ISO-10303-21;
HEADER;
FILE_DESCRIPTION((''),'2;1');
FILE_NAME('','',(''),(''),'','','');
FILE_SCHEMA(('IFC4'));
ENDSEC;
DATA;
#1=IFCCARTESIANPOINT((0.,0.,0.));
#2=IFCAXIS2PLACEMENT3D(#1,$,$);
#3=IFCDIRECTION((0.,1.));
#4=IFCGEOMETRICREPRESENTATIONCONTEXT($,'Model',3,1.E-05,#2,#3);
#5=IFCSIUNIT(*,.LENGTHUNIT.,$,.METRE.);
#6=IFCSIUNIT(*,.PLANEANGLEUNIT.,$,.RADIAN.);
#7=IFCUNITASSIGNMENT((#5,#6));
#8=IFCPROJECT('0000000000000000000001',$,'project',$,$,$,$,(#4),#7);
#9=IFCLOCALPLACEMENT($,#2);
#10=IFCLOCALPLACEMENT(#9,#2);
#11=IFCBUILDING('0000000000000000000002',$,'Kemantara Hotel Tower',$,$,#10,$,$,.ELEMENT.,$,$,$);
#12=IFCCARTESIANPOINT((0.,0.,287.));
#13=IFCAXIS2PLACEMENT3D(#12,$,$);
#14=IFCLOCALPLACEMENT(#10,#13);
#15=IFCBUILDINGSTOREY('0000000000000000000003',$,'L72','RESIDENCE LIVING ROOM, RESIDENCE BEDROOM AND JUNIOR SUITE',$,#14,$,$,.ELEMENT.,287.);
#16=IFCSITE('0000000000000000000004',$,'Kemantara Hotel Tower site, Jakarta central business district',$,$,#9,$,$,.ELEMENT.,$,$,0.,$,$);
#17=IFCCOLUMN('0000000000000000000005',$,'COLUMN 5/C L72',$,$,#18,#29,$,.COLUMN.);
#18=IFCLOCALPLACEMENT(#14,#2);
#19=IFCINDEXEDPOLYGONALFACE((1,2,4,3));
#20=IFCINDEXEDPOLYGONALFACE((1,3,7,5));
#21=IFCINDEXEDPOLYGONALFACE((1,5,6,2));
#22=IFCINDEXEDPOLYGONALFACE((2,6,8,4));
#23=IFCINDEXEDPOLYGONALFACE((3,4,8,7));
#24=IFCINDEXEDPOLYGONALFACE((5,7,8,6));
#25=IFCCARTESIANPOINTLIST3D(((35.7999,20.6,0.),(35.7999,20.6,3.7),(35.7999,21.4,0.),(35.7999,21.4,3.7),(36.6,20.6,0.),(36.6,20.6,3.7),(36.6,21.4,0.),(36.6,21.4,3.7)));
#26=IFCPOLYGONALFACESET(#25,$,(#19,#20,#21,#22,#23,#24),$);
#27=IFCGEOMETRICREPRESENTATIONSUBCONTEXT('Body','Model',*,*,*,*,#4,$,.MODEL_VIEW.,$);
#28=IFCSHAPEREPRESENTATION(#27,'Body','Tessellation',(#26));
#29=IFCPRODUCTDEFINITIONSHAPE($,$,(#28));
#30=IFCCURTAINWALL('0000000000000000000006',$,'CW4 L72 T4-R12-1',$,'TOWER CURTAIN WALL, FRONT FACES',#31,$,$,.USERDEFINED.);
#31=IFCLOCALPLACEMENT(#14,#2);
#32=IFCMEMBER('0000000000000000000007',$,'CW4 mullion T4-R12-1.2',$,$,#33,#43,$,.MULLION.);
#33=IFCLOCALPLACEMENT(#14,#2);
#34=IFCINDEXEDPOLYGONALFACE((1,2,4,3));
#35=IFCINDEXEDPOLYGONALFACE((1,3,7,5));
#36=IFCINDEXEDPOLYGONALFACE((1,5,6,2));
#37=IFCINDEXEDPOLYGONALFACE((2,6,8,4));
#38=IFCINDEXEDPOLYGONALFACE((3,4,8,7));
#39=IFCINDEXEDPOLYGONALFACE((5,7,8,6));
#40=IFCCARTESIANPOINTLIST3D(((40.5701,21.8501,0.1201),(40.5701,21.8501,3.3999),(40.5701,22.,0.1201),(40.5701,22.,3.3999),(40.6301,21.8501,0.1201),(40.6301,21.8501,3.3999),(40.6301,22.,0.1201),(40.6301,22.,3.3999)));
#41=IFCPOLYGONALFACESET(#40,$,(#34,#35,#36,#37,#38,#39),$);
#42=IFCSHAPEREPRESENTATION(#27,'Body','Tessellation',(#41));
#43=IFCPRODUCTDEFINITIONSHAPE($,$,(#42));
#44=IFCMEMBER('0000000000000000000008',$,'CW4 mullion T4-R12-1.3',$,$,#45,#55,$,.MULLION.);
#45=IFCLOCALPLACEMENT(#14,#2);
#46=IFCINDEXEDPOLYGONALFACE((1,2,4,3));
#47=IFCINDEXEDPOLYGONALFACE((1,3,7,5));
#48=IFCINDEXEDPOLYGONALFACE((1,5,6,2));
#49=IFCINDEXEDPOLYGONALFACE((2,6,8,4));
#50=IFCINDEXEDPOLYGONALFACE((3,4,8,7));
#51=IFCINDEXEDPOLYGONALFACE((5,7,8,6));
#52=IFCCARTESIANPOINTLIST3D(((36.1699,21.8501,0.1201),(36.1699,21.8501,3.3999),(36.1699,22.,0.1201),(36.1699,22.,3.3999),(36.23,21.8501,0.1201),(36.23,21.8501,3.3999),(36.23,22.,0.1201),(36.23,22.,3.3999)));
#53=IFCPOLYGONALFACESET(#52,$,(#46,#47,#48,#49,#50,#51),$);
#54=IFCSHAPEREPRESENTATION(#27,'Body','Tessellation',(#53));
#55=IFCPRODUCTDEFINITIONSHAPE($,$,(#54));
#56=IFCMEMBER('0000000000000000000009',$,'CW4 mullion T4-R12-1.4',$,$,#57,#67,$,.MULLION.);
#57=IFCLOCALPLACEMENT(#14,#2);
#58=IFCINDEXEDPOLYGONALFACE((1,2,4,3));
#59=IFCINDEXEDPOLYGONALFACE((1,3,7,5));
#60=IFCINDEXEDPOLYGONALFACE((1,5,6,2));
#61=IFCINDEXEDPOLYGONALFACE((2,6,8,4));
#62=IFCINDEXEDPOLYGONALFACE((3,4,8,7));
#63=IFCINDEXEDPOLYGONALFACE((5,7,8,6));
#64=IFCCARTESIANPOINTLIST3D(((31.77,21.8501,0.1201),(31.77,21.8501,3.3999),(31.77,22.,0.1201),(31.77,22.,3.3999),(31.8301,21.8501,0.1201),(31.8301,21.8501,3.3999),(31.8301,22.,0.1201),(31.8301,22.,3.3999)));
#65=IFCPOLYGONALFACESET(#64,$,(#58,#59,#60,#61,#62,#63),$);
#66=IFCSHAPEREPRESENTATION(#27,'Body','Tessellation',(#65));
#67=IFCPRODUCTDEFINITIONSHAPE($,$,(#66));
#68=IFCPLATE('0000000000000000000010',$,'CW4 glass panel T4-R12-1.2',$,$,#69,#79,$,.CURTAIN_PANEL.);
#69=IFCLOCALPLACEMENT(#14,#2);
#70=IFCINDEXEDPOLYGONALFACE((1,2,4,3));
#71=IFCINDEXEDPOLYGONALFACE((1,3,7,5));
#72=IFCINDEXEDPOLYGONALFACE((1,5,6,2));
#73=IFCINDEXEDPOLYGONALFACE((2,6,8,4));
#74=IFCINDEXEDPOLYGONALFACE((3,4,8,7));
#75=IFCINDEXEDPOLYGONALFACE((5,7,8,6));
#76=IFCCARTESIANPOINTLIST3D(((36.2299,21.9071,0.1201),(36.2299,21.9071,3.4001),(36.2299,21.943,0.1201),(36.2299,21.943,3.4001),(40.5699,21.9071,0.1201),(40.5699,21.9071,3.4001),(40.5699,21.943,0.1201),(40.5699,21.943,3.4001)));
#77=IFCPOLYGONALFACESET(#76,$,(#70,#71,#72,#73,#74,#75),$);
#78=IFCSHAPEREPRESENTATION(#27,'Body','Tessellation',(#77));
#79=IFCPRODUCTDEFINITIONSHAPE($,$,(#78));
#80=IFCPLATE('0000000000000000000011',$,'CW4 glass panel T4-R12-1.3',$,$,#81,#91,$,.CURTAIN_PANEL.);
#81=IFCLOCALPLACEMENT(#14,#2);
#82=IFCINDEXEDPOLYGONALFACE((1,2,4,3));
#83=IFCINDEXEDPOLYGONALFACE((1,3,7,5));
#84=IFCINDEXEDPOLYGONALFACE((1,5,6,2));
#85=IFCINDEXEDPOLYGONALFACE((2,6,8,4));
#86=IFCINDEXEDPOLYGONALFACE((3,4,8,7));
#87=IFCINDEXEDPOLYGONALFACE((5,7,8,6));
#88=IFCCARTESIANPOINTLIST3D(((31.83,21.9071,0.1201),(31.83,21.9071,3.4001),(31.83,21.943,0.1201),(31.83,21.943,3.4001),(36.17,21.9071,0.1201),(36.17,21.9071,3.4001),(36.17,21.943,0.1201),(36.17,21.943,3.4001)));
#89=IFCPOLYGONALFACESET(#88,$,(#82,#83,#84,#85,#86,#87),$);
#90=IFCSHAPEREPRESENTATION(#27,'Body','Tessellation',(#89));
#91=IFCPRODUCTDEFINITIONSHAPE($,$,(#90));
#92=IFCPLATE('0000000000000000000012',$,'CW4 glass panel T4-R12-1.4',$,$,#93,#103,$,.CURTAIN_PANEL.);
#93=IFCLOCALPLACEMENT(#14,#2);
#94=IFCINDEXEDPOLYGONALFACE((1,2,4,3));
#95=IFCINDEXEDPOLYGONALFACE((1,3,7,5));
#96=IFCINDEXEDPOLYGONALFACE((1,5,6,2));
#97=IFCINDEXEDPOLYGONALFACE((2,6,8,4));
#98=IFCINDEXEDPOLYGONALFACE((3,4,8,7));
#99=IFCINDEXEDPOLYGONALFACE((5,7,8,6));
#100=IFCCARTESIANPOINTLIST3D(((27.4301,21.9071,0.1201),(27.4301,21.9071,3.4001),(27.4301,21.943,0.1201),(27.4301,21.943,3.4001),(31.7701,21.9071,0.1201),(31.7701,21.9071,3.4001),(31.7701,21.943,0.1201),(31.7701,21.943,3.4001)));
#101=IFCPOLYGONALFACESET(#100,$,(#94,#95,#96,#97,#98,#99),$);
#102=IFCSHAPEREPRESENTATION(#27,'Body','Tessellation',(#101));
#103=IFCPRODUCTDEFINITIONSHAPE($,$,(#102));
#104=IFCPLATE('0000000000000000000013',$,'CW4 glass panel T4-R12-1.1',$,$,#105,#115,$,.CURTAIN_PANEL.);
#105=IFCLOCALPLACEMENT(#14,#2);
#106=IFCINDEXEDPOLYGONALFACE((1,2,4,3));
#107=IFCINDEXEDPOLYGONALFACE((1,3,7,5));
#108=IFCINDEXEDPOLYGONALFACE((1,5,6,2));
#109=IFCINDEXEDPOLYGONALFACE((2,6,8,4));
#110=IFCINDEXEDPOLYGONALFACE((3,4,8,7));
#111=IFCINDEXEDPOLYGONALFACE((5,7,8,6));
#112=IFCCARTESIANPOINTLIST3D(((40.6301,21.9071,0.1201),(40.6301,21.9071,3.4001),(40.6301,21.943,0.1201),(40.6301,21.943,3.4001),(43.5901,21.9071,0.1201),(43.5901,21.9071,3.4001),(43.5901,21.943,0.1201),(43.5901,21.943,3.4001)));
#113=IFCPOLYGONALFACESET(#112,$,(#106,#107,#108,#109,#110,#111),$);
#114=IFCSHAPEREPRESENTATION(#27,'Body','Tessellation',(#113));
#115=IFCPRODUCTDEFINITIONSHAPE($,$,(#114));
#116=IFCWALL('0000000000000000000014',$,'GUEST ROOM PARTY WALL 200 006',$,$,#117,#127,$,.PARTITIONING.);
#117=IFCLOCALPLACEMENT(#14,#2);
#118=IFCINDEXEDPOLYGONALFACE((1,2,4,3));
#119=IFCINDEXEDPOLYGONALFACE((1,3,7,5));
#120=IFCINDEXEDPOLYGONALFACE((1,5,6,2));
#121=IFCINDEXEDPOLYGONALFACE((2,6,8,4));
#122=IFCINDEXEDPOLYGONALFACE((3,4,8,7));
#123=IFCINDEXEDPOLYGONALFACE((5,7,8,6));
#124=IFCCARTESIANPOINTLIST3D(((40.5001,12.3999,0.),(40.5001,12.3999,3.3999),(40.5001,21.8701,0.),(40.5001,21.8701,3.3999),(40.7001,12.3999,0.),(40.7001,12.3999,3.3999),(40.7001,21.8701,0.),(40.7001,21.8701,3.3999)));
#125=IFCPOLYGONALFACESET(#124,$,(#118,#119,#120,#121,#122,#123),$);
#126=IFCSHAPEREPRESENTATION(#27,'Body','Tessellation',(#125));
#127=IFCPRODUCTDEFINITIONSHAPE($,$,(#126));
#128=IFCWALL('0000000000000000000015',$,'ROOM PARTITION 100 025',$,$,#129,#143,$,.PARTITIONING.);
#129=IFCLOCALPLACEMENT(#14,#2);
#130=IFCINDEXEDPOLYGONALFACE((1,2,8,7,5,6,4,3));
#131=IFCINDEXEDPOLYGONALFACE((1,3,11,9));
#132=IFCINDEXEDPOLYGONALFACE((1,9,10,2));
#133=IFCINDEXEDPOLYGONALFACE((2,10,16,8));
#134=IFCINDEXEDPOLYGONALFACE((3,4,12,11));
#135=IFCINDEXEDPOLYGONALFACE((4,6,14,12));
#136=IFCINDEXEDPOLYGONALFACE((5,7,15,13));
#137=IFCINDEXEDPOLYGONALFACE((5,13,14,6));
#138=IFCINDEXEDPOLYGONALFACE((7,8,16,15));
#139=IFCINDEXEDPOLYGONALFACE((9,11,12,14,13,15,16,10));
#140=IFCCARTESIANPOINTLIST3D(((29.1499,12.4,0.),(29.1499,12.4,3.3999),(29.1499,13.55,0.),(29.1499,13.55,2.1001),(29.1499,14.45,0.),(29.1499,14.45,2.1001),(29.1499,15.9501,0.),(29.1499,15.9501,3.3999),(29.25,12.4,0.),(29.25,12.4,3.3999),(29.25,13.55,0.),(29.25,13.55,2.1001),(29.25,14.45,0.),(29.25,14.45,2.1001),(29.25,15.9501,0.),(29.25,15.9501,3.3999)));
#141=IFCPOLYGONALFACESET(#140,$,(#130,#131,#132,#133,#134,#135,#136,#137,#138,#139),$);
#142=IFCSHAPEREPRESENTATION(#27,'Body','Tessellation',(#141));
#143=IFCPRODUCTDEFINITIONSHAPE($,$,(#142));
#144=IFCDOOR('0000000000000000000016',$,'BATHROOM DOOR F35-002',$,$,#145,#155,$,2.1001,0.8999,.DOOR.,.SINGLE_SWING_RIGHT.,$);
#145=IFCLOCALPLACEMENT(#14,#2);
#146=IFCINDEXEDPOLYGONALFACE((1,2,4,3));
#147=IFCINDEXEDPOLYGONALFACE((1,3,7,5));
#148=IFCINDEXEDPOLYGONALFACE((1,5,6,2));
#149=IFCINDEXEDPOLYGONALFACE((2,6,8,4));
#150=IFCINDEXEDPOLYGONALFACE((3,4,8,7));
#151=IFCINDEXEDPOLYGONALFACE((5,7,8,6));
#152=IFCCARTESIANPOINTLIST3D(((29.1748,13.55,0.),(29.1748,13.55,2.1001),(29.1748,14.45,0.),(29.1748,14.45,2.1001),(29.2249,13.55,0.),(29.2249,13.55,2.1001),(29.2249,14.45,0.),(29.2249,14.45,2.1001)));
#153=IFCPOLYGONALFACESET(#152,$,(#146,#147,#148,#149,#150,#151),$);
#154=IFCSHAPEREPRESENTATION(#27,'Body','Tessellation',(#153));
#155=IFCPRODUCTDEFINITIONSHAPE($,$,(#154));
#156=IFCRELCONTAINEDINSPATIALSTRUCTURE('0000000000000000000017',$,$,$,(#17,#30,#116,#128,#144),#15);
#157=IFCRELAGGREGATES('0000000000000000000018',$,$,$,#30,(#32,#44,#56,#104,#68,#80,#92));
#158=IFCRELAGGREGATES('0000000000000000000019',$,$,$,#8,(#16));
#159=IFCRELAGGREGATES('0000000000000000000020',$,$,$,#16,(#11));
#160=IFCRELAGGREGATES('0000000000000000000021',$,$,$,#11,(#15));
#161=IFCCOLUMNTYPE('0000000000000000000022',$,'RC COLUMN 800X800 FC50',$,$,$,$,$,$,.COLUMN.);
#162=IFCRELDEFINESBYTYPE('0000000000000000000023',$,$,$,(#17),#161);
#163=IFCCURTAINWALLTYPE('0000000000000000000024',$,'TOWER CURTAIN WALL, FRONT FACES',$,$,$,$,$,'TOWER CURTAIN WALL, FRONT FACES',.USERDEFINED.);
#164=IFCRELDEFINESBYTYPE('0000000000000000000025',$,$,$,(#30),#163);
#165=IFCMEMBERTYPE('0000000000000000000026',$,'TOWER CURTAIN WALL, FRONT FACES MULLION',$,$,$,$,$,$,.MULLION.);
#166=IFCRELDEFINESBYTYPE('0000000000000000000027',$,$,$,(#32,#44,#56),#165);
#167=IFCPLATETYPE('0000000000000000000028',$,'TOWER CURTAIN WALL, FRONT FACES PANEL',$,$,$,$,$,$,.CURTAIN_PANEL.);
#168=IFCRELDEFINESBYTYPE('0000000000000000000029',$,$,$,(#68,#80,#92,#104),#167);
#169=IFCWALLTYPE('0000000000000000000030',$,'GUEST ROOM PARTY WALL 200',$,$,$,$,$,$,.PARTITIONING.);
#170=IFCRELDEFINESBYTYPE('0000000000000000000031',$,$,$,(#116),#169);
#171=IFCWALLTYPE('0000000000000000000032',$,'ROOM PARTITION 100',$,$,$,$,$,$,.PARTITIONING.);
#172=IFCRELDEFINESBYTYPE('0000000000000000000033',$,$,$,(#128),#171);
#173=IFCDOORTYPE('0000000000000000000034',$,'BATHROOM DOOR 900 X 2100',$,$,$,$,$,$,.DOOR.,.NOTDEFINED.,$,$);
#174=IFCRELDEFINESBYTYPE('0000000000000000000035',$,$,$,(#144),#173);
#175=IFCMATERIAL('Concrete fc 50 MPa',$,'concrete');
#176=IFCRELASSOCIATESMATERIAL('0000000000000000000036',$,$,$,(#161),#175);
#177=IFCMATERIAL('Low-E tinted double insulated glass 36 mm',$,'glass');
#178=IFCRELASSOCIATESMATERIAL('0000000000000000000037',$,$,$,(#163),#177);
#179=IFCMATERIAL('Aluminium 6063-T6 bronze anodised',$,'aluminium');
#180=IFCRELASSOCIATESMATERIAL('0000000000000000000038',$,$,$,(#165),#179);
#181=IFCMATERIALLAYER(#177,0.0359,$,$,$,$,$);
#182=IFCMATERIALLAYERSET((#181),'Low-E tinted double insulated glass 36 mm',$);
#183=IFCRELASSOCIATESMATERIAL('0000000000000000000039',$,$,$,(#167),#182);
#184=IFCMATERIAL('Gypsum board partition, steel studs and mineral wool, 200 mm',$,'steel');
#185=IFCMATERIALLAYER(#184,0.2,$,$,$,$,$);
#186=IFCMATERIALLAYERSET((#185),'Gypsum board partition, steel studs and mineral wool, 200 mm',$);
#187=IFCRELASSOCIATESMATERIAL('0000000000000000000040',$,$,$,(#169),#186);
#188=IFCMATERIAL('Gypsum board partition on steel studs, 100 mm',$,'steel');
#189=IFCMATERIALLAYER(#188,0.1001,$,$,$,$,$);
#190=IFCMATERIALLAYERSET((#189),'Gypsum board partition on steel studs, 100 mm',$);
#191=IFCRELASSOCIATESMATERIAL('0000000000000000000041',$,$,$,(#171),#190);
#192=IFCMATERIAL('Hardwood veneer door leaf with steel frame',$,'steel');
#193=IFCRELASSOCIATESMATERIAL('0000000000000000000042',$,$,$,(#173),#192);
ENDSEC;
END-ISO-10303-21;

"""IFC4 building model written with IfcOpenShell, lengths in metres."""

from ifc_helpers import new_model, si_unit, direction, frame, frame_2d, origin, origin_2d, place, context, subcontext, project, spatial, rectangle, extrude, source, transform, mapped, material, layer, layer_set, material_profile, profile_set, type_object, element, fill, aggregate, save


model = new_model("IFC4")

# Units and contexts
model_context = context("Model", 3, precision=1e-05, world=origin(), true_north=direction((0.0, 1.0)))
body_context = subcontext(model_context, "Body", "Model", "MODEL_VIEW")
ifc_project = project(units=[si_unit("LENGTHUNIT", "METRE"), si_unit("PLANEANGLEUNIT", "RADIAN")], contexts=[model_context])

# Site, building, storey
site_placement = place(None, origin())
site = spatial("IfcSite", under=ifc_project, at=site_placement, Name="Kemantara Hotel Tower site, Jakarta central business district", CompositionType="ELEMENT", RefElevation=0.0)
building_placement = place(site_placement, origin())
building = spatial("IfcBuilding", under=site, at=building_placement, Name="Kemantara Hotel Tower", CompositionType="ELEMENT")
storey_placement = place(building_placement, frame((0.0, 0.0, 287.0)))
storey = spatial("IfcBuildingStorey", under=building, at=storey_placement, Name="L72", Description="RESIDENCE LIVING ROOM, RESIDENCE BEDROOM AND JUNIOR SUITE", CompositionType="ELEMENT", Elevation=287.0)

# Column
ifc_material_1 = material(Name="Concrete fc 50 MPa", Category="concrete")
ifc_material_profile_1 = material_profile(ifc_material_1, rectangle(XDim=0.8, YDim=0.8, at=origin_2d()), Name="RC 800X800")
ifc_profile_set_1 = profile_set([ifc_material_profile_1], Name="Concrete fc 50 MPa")
column_type = type_object("IfcColumnType", Name="RC COLUMN 800X800 FC50", PredefinedType="COLUMN", material=ifc_profile_set_1)
column_placement = place(storey_placement, frame((36.2, 21.0, 0.0), z_axis=(0.0, 0.0, 1.0), x_axis=(1.0, 0.0, 0.0)))
element("IfcColumn", 1, at=column_placement, inside=storey, type_object=column_type, Name="COLUMN 5/C L72", PredefinedType="COLUMN", context=body_context, shape_type="SweptSolid", body=[
    extrude(rectangle(XDim=0.8, YDim=0.8, at=origin_2d()), origin(), (0.0, 0.0, 1.0), 3.7),
])

# Curtain wall, members, plates
ifc_material_2 = material(Name="Low-E tinted double insulated glass 36 mm", Category="glass")
curtain_wall_type = type_object("IfcCurtainWallType", Name="TOWER CURTAIN WALL, FRONT FACES", ElementType="TOWER CURTAIN WALL, FRONT FACES", PredefinedType="USERDEFINED", material=ifc_material_2)
curtain_wall_placement = place(storey_placement, origin())
curtain_wall = element("IfcCurtainWall", 2, at=curtain_wall_placement, inside=storey, type_object=curtain_wall_type, Name="CW4 L72 T4-R12-1", ObjectType="TOWER CURTAIN WALL, FRONT FACES", PredefinedType="USERDEFINED")
ifc_material_3 = material(Name="Aluminium 6063-T6 bronze anodised", Category="aluminium")
ifc_material_profile_2 = material_profile(ifc_material_3, rectangle(XDim=0.1499, YDim=0.0601, at=origin_2d()), Name="TOWER CURTAIN WALL, FRONT FACES MULLION")
ifc_profile_set_2 = profile_set([ifc_material_profile_2], Name="Aluminium 6063-T6 bronze anodised")
member_type = type_object("IfcMemberType", Name="TOWER CURTAIN WALL, FRONT FACES MULLION", PredefinedType="MULLION", material=ifc_profile_set_2)
shared_shape_1 = source(origin(), body_context, "Body", "SweptSolid", [
    extrude(rectangle(XDim=0.1499, YDim=0.0601, at=origin_2d()), origin(), (0.0, 0.0, 1.0), 3.2798),
])
member_1_placement = place(storey_placement, frame((40.6001, 21.925, 0.1201), z_axis=(0.0, 0.0, 1.0), x_axis=(0.0, -1.0, 0.0)))
member_1 = element("IfcMember", 3, at=member_1_placement, type_object=member_type, Name="CW4 mullion T4-R12-1.2", PredefinedType="MULLION", context=body_context, shape_type="MappedRepresentation", body=[
    mapped(shared_shape_1, transform((0.0, 0.0, 0.0))),
])
member_2_placement = place(storey_placement, frame((36.2, 21.925, 0.1201), z_axis=(0.0, 0.0, 1.0), x_axis=(0.0, -1.0, 0.0)))
member_2 = element("IfcMember", 4, at=member_2_placement, type_object=member_type, Name="CW4 mullion T4-R12-1.3", PredefinedType="MULLION", context=body_context, shape_type="MappedRepresentation", body=[
    mapped(shared_shape_1, transform((0.0, 0.0, 0.0))),
])
member_3_placement = place(storey_placement, frame((31.8, 21.925, 0.1201), z_axis=(0.0, 0.0, 1.0), x_axis=(0.0, -1.0, 0.0)))
member_3 = element("IfcMember", 5, at=member_3_placement, type_object=member_type, Name="CW4 mullion T4-R12-1.4", PredefinedType="MULLION", context=body_context, shape_type="MappedRepresentation", body=[
    mapped(shared_shape_1, transform((0.0, 0.0, 0.0))),
])
ifc_layer_1 = layer(ifc_material_2, 0.0359)
ifc_layer_set_1 = layer_set([ifc_layer_1], Name="Low-E tinted double insulated glass 36 mm")
plate_type = type_object("IfcPlateType", Name="TOWER CURTAIN WALL, FRONT FACES PANEL", PredefinedType="CURTAIN_PANEL", material=ifc_layer_set_1)
shared_shape_2 = source(origin(), body_context, "Body", "SweptSolid", [
    extrude(rectangle(XDim=4.3401, YDim=0.0359, at=origin_2d()), origin(), (0.0, 0.0, 1.0), 3.28),
])
plate_1_placement = place(storey_placement, frame((38.3999, 21.925, 0.1201), z_axis=(0.0, 0.0, 1.0), x_axis=(-1.0, 0.0, 0.0)))
plate_1 = element("IfcPlate", 6, at=plate_1_placement, type_object=plate_type, Name="CW4 glass panel T4-R12-1.2", PredefinedType="CURTAIN_PANEL", context=body_context, shape_type="MappedRepresentation", body=[
    mapped(shared_shape_2, transform((0.0, 0.0, 0.0))),
])
plate_2_placement = place(storey_placement, frame((34.0, 21.925, 0.1201), z_axis=(0.0, 0.0, 1.0), x_axis=(-1.0, 0.0, 0.0)))
plate_2 = element("IfcPlate", 7, at=plate_2_placement, type_object=plate_type, Name="CW4 glass panel T4-R12-1.3", PredefinedType="CURTAIN_PANEL", context=body_context, shape_type="MappedRepresentation", body=[
    mapped(shared_shape_2, transform((0.0, 0.0, 0.0))),
])
plate_3_placement = place(storey_placement, frame((29.6001, 21.925, 0.1201), z_axis=(0.0, 0.0, 1.0), x_axis=(-1.0, 0.0, 0.0)))
plate_3 = element("IfcPlate", 8, at=plate_3_placement, type_object=plate_type, Name="CW4 glass panel T4-R12-1.4", PredefinedType="CURTAIN_PANEL", context=body_context, shape_type="MappedRepresentation", body=[
    mapped(shared_shape_2, transform((0.0, 0.0, 0.0))),
])
shared_shape_3 = source(origin(), body_context, "Body", "SweptSolid", [
    extrude(rectangle(XDim=2.96, YDim=0.0359, at=origin_2d()), origin(), (0.0, 0.0, 1.0), 3.28),
])
plate_4_placement = place(storey_placement, frame((42.1101, 21.925, 0.1201), z_axis=(0.0, 0.0, 1.0), x_axis=(-1.0, 0.0, 0.0)))
plate_4 = element("IfcPlate", 9, at=plate_4_placement, type_object=plate_type, Name="CW4 glass panel T4-R12-1.1", PredefinedType="CURTAIN_PANEL", context=body_context, shape_type="MappedRepresentation", body=[
    mapped(shared_shape_3, transform((0.0, 0.0, 0.0))),
])
aggregate(curtain_wall, [member_1, member_2, member_3, plate_4, plate_1, plate_2, plate_3])

# Wall
ifc_material_4 = material(Name="Gypsum board partition, steel studs and mineral wool, 200 mm", Category="steel")
ifc_layer_2 = layer(ifc_material_4, 0.2)
ifc_layer_set_2 = layer_set([ifc_layer_2], Name="Gypsum board partition, steel studs and mineral wool, 200 mm")
wall_type_1 = type_object("IfcWallType", Name="GUEST ROOM PARTY WALL 200", PredefinedType="PARTITIONING", material=ifc_layer_set_2)
wall_1_placement = place(storey_placement, frame((40.6001, 12.3999, 0.0), z_axis=(0.0, 0.0, 1.0), x_axis=(0.0, 1.0, 0.0)))
element("IfcWall", 10, at=wall_1_placement, inside=storey, type_object=wall_type_1, Name="GUEST ROOM PARTY WALL 200 006", PredefinedType="PARTITIONING", context=body_context, shape_type="SweptSolid", body=[
    extrude(rectangle(XDim=9.4702, YDim=0.2, at=frame_2d((4.7351, 0.0))), origin(), (0.0, 0.0, 1.0), 3.3999),
])

# Wall, opening, door
ifc_material_5 = material(Name="Gypsum board partition on steel studs, 100 mm", Category="steel")
ifc_layer_3 = layer(ifc_material_5, 0.1001)
ifc_layer_set_3 = layer_set([ifc_layer_3], Name="Gypsum board partition on steel studs, 100 mm")
wall_type_2 = type_object("IfcWallType", Name="ROOM PARTITION 100", PredefinedType="PARTITIONING", material=ifc_layer_set_3)
wall_2_placement = place(storey_placement, frame((29.2, 15.95, 0.0), z_axis=(0.0, 0.0, 1.0), x_axis=(0.0, -1.0, 0.0)))
wall_2 = element("IfcWall", 11, at=wall_2_placement, inside=storey, type_object=wall_type_2, Name="ROOM PARTITION 100 025", PredefinedType="PARTITIONING", context=body_context, shape_type="SweptSolid", body=[
    extrude(rectangle(XDim=3.55, YDim=0.1001, at=frame_2d((1.7749, 0.0))), origin(), (0.0, 0.0, 1.0), 3.3999),
])
opening_1_placement = place(wall_2_placement, frame((1.5, 0.0, 0.0)))
opening_1 = element("IfcOpeningElement", 12, at=opening_1_placement, cuts=wall_2, PredefinedType="OPENING", context=body_context, shape_type="SweptSolid", body=[
    extrude(rectangle(XDim=0.8999, YDim=2.1001, at=frame_2d((0.45, 1.05))), frame((0.0, 0.0601, 0.0), z_axis=(0.0, -1.0, 0.0), x_axis=(1.0, 0.0, 0.0)), (0.0, 0.0, 1.0), 0.1201),
])
ifc_material_6 = material(Name="Hardwood veneer door leaf with steel frame", Category="steel")
door_type_1 = type_object("IfcDoorType", Name="BATHROOM DOOR 900 X 2100", OperationType="NOTDEFINED", PredefinedType="DOOR", material=ifc_material_6)
door_1_placement = place(opening_1_placement, origin())
door_1 = element("IfcDoor", 13, at=door_1_placement, inside=storey, type_object=door_type_1, Name="BATHROOM DOOR F35-002", OperationType="SINGLE_SWING_RIGHT", OverallHeight=2.1001, OverallWidth=0.8999, PredefinedType="DOOR", context=body_context, shape_type="SweptSolid", body=[
    extrude(rectangle(XDim=0.8999, YDim=2.1001, at=frame_2d((0.45, 1.05))), frame((0.0, 0.0249, 0.0), z_axis=(0.0, -1.0, 0.0), x_axis=(1.0, 0.0, 0.0)), (0.0, 0.0, 1.0), 0.05),
])
fill(opening_1, door_1)

save(model, "model.ifc")
